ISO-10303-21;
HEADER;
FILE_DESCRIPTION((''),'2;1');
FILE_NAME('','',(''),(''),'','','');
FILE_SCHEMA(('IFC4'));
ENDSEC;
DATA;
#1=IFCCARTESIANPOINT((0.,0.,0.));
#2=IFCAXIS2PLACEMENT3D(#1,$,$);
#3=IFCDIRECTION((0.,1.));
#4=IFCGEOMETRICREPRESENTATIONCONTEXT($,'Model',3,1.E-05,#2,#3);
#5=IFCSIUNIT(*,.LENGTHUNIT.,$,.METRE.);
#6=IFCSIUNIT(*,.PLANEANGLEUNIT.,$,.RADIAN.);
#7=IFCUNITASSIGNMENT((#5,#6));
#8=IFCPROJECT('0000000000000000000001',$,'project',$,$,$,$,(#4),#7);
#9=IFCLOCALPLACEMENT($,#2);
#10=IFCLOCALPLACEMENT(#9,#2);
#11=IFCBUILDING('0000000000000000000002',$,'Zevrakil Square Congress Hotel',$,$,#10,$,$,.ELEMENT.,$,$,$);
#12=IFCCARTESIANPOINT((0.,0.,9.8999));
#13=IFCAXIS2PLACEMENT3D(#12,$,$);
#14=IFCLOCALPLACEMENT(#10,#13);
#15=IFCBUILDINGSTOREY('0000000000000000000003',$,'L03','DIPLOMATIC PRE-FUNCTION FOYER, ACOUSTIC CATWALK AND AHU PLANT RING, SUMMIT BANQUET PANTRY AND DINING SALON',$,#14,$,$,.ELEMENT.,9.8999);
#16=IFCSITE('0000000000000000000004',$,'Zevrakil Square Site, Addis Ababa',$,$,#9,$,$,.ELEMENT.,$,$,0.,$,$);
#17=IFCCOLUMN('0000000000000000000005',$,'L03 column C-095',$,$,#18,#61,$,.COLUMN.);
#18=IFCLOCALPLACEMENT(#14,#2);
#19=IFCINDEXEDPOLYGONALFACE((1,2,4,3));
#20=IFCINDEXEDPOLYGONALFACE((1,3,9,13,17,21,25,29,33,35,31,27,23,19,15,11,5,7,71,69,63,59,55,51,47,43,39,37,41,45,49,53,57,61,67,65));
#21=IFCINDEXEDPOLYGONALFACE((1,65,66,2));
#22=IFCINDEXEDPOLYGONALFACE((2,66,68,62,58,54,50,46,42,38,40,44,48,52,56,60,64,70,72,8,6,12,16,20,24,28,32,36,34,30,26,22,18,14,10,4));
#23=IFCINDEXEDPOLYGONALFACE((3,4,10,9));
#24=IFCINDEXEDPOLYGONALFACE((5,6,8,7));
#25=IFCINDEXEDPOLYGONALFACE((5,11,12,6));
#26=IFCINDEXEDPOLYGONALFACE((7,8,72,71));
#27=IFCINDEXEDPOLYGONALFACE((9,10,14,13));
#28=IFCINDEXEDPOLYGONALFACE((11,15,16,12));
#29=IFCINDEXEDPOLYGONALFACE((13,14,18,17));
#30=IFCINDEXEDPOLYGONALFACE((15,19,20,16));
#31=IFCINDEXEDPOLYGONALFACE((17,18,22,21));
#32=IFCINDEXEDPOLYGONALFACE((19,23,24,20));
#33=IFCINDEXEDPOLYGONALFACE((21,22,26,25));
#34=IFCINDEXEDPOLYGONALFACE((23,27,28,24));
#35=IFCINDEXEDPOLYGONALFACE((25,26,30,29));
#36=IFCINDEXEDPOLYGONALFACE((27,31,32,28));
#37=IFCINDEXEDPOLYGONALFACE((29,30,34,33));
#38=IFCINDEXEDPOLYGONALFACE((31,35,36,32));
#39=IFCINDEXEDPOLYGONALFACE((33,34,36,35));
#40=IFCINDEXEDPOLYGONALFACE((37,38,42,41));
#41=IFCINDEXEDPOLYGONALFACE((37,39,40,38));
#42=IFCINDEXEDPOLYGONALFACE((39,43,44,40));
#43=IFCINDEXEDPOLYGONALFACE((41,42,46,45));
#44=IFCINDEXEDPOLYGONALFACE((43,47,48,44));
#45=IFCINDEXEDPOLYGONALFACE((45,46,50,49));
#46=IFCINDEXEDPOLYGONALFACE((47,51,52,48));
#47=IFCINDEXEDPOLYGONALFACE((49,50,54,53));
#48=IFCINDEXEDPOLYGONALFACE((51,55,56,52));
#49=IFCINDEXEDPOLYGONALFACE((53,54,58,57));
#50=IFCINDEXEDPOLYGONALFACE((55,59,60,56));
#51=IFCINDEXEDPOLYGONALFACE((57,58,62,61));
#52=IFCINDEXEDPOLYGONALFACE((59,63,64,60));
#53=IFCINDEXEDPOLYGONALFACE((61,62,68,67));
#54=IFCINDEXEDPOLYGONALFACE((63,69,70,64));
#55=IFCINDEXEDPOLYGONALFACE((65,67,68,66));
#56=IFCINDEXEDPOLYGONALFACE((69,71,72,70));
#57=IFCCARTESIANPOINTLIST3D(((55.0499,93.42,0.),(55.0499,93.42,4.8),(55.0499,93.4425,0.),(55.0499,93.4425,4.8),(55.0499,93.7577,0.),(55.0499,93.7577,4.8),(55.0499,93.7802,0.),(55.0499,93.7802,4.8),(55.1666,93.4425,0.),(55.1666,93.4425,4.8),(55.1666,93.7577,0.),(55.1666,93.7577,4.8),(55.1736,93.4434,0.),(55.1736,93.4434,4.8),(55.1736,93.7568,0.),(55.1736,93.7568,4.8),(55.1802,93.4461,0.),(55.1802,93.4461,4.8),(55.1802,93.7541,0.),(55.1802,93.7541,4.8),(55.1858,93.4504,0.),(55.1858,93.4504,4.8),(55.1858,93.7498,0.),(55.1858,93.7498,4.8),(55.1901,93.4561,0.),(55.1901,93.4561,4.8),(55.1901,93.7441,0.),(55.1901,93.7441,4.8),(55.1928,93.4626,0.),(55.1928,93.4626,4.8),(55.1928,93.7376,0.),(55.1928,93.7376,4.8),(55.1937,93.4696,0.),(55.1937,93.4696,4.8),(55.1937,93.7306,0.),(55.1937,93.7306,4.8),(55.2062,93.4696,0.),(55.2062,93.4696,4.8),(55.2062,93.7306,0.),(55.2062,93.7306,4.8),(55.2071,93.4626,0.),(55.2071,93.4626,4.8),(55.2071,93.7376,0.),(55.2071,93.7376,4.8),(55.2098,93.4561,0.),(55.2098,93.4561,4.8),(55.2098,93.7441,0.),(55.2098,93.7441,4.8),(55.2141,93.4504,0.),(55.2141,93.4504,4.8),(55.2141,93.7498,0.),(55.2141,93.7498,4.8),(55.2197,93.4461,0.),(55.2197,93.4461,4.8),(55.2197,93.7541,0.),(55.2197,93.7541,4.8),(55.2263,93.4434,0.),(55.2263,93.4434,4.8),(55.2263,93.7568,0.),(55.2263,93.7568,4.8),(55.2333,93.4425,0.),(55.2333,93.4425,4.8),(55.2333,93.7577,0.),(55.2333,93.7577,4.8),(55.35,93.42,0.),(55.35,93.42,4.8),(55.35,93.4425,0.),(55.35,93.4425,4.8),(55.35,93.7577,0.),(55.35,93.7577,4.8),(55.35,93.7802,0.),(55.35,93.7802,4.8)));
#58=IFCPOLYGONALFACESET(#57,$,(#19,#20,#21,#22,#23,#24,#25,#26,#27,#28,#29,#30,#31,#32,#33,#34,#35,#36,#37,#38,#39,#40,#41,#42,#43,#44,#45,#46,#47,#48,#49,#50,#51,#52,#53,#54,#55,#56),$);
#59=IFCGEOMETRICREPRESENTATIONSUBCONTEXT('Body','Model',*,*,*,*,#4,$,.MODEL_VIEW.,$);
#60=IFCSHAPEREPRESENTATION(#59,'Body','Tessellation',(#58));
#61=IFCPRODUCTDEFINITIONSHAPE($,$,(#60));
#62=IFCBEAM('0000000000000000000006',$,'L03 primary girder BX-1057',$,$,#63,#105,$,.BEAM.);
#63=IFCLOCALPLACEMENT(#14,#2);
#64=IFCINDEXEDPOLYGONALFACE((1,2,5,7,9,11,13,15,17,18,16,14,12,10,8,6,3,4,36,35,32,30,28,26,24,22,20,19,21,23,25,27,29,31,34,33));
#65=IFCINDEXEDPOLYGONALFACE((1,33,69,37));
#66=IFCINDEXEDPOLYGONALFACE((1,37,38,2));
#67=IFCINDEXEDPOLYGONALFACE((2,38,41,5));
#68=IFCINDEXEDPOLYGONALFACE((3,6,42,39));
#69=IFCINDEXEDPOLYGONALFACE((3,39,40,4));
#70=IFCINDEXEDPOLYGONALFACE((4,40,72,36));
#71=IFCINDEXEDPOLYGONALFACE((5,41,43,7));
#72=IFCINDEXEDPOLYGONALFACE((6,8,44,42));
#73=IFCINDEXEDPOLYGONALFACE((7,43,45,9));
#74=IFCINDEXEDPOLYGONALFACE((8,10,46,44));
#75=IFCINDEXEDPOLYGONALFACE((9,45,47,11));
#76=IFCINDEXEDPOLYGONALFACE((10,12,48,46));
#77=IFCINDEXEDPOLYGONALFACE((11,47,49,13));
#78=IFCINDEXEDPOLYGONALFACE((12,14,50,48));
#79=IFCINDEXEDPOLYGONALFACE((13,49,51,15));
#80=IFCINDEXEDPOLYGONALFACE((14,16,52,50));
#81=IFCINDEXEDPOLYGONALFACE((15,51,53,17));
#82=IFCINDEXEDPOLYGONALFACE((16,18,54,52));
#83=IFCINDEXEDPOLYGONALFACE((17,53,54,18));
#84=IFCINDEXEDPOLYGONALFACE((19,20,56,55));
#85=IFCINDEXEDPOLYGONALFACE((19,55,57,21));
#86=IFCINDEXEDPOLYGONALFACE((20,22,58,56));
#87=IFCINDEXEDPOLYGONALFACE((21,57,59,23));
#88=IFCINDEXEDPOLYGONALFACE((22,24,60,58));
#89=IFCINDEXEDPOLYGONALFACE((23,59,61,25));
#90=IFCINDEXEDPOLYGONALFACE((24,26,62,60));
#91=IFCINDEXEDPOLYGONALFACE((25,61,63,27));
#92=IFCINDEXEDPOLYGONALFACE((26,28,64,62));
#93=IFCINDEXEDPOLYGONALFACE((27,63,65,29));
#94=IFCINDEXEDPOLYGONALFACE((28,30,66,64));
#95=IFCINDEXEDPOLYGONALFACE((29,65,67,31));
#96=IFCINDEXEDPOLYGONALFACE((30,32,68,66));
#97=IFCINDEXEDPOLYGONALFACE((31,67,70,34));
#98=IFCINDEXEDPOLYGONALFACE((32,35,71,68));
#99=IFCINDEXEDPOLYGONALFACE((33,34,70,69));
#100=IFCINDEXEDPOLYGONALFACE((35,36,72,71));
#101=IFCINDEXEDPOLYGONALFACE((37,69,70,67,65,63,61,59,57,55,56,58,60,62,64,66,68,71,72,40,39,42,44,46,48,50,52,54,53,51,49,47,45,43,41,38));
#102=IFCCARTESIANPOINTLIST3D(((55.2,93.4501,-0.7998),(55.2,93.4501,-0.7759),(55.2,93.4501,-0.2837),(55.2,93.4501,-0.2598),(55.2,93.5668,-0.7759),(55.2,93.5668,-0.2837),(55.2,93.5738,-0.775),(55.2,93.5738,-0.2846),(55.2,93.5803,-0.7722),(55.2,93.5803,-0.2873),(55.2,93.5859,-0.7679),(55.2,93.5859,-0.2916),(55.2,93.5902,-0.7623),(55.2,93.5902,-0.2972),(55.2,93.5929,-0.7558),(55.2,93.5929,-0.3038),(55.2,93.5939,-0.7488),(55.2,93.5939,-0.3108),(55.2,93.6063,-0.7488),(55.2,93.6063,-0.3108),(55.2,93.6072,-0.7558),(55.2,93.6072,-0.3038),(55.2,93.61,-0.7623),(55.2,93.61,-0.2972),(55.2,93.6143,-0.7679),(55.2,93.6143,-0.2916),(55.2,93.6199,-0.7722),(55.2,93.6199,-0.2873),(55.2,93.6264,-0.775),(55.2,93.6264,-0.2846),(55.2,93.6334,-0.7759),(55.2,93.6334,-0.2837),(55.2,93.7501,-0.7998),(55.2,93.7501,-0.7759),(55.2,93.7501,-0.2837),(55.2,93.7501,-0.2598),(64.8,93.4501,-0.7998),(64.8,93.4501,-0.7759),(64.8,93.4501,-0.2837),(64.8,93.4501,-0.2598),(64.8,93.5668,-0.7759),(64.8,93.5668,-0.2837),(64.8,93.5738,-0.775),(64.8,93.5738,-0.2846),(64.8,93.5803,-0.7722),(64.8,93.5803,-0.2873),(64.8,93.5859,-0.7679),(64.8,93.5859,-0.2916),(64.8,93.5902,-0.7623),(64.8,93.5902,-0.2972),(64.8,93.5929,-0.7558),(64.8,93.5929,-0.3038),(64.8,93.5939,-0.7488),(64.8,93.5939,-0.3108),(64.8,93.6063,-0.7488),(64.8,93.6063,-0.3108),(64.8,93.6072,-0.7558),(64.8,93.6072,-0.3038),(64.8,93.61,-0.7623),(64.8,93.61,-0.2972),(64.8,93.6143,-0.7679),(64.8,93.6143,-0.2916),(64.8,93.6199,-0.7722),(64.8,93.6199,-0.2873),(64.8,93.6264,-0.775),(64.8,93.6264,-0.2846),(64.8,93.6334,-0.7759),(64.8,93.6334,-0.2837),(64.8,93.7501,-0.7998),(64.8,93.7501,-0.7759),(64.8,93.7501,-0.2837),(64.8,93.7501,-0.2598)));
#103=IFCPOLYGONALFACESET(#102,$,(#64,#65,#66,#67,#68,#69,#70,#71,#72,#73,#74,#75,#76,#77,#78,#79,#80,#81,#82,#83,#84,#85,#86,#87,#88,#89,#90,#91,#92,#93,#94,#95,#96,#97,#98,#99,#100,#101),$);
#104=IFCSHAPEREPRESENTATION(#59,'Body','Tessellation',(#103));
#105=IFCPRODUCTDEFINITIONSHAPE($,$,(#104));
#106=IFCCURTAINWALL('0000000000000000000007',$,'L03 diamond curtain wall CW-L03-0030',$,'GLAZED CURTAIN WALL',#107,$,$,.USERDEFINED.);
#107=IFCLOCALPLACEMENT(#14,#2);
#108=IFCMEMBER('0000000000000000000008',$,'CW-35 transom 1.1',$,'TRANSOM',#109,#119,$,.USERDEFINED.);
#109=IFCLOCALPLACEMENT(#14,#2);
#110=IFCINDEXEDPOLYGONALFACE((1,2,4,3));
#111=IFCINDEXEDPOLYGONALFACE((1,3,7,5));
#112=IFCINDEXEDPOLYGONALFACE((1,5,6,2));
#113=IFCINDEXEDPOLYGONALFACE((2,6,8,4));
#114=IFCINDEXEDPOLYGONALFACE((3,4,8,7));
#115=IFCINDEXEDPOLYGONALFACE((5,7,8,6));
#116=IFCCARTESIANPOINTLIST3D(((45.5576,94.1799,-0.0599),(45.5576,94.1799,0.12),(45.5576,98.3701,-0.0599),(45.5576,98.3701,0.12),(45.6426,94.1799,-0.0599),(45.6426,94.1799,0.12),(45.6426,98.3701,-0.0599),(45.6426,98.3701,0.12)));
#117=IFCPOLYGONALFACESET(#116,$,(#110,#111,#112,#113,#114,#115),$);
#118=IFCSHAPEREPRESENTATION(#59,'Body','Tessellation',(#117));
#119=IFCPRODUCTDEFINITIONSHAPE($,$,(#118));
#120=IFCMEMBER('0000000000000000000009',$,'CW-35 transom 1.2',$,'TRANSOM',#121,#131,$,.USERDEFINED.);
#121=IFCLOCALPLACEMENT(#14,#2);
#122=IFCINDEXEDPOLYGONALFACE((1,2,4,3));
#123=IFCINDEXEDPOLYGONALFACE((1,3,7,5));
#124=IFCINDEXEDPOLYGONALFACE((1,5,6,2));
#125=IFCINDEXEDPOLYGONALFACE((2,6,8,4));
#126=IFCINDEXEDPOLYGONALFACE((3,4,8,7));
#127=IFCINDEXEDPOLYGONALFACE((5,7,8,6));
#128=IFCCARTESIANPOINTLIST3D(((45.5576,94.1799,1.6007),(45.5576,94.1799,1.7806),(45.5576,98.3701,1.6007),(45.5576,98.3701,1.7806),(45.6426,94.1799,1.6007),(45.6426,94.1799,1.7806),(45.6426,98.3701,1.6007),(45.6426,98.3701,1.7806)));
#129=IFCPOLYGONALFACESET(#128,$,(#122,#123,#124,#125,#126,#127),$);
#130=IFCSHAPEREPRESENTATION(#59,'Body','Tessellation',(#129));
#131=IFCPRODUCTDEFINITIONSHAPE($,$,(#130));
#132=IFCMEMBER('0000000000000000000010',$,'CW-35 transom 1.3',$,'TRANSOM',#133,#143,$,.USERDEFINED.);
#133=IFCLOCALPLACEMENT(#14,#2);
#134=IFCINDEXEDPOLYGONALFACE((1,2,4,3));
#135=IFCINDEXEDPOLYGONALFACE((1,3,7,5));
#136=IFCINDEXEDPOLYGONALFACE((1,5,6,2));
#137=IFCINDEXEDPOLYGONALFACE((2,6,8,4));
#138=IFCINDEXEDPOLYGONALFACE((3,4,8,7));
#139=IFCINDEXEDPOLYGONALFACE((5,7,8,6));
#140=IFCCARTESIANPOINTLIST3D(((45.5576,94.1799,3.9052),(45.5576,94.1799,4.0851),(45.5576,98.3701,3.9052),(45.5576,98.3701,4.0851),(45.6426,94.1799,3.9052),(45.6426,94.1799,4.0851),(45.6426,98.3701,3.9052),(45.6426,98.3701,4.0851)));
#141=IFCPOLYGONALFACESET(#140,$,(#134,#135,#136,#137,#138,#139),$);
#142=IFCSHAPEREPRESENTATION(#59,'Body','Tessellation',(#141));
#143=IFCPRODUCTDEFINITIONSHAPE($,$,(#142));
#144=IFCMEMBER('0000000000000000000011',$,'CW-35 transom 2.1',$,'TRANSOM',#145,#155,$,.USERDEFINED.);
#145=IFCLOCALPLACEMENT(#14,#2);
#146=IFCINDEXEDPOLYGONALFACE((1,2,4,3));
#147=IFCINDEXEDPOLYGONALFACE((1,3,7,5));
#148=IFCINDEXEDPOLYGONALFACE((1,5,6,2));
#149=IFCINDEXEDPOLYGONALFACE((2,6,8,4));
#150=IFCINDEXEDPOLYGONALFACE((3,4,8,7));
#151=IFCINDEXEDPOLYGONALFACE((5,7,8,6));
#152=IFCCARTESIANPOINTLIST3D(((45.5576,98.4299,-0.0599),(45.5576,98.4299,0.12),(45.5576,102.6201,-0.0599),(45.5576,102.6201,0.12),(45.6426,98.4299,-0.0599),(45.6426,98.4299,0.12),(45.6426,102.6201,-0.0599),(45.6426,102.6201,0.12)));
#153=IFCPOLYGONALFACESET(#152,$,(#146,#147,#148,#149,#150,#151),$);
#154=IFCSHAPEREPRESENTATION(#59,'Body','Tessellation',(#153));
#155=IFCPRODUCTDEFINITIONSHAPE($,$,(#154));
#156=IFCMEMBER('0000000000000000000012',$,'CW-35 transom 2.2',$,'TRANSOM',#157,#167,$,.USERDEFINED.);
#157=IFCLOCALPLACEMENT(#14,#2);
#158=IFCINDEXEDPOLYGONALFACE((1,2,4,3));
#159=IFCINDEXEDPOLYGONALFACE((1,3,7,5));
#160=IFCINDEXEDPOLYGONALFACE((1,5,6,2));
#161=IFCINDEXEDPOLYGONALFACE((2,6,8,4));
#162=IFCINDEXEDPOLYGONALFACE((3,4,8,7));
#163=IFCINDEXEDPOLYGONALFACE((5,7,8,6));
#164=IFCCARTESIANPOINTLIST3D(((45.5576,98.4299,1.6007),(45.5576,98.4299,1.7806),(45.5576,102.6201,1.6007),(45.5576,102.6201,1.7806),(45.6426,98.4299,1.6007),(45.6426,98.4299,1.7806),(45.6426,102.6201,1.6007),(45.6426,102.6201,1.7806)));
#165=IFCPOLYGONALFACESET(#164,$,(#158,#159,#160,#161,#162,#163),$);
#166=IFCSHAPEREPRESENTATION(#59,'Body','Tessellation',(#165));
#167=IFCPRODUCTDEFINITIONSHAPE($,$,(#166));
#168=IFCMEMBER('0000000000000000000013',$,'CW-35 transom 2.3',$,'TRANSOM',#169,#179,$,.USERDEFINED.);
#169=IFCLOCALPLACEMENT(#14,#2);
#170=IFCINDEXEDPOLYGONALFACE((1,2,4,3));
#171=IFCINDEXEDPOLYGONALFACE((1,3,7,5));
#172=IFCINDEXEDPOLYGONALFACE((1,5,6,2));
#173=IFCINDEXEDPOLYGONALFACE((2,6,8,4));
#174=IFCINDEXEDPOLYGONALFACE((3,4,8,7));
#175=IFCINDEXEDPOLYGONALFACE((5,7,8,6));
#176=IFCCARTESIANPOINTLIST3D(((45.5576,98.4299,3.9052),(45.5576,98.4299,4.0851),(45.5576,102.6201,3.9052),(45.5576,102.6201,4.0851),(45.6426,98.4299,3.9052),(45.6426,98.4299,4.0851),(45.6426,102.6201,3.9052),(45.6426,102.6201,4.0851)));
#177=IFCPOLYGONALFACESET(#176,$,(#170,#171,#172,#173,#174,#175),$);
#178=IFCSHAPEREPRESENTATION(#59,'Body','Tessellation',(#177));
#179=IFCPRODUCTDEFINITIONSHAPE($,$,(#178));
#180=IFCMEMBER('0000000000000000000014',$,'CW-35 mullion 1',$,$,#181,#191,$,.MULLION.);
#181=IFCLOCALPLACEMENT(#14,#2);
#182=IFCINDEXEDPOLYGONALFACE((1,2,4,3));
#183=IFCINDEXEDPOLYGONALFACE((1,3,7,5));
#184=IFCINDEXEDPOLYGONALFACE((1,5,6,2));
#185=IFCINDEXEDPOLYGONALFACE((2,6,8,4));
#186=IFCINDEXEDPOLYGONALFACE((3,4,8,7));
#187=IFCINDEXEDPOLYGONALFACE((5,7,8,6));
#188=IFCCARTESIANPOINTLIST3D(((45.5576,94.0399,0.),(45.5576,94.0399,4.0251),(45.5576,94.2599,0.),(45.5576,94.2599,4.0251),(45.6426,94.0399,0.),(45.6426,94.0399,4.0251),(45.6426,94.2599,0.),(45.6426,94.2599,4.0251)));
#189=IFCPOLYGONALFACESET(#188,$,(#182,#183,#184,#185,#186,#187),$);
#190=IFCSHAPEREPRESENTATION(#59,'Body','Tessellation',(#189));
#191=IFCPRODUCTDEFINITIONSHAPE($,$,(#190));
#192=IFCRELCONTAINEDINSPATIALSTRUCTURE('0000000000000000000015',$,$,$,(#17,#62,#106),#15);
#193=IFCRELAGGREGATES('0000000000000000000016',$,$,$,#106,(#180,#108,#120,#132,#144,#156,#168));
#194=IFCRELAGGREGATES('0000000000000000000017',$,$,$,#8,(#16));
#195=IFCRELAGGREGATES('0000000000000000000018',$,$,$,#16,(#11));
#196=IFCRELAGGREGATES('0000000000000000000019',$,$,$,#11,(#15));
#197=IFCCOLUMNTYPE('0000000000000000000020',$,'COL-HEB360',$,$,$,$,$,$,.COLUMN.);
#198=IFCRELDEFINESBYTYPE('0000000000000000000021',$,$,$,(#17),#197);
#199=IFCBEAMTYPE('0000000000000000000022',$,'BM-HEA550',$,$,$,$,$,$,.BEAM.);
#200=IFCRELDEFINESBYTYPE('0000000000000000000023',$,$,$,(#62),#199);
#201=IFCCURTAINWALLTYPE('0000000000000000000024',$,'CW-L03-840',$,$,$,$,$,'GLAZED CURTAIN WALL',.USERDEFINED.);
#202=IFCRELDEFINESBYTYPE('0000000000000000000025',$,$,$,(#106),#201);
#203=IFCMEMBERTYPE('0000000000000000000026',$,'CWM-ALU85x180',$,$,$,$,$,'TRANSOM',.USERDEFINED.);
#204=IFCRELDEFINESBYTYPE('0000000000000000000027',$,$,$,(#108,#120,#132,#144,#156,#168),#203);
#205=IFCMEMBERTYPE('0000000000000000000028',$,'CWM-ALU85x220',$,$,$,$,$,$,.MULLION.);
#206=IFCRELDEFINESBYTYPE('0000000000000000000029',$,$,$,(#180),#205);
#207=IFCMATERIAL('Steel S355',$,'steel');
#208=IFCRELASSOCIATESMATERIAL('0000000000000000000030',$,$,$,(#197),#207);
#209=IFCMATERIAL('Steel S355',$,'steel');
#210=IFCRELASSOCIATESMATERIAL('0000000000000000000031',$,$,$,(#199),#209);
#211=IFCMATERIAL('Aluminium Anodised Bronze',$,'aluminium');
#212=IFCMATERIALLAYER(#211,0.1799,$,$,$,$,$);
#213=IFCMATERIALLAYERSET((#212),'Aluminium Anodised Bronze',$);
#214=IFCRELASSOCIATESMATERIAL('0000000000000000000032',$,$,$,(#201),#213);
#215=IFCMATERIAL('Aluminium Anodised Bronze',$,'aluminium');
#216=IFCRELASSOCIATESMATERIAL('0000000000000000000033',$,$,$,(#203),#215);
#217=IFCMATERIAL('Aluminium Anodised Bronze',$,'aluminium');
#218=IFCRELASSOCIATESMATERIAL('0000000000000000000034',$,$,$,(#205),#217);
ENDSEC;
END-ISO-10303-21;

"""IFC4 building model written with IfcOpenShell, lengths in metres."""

from ifc_helpers import new_model, si_unit, direction, frame, origin, origin_2d, place, context, subcontext, project, spatial, rectangle, i_section, extrude, material, layer, layer_set, material_profile, profile_set, type_object, element, aggregate, save


model = new_model("IFC4")

# Units and contexts
model_context = context("Model", 3, precision=1e-05, world=origin(), true_north=direction((0.0, 1.0)))
body_context = subcontext(model_context, "Body", "Model", "MODEL_VIEW")
ifc_project = project(units=[si_unit("LENGTHUNIT", "METRE"), si_unit("PLANEANGLEUNIT", "RADIAN")], contexts=[model_context])

# Site, building, storey
site_placement = place(None, origin())
site = spatial("IfcSite", under=ifc_project, at=site_placement, Name="Zevrakil Square Site, Addis Ababa", CompositionType="ELEMENT", RefElevation=0.0)
building_placement = place(site_placement, origin())
building = spatial("IfcBuilding", under=site, at=building_placement, Name="Zevrakil Square Congress Hotel", CompositionType="ELEMENT")
storey_placement = place(building_placement, frame((0.0, 0.0, 9.8999)))
storey = spatial("IfcBuildingStorey", under=building, at=storey_placement, Name="L03", Description="DIPLOMATIC PRE-FUNCTION FOYER, ACOUSTIC CATWALK AND AHU PLANT RING, SUMMIT BANQUET PANTRY AND DINING SALON", CompositionType="ELEMENT", Elevation=9.8999)

# Column
ifc_material_1 = material(Name="Steel S355", Category="steel")
ifc_material_profile_1 = material_profile(ifc_material_1, i_section(OverallWidth=0.3, OverallDepth=0.3601, WebThickness=0.0125, FlangeThickness=0.0225, FilletRadius=0.0271, at=origin_2d()), Name="HEB 360")
ifc_profile_set_1 = profile_set([ifc_material_profile_1], Name="Steel S355")
column_type = type_object("IfcColumnType", Name="COL-HEB360", PredefinedType="COLUMN", material=ifc_profile_set_1)
column_placement = place(storey_placement, frame((55.2, 93.6001, 0.0), z_axis=(0.0, 0.0, 1.0), x_axis=(1.0, 0.0, 0.0)))
element("IfcColumn", 1, at=column_placement, inside=storey, type_object=column_type, Name="L03 column C-095", PredefinedType="COLUMN", context=body_context, shape_type="SweptSolid", body=[
    extrude(i_section(OverallWidth=0.3, OverallDepth=0.3601, WebThickness=0.0125, FlangeThickness=0.0225, FilletRadius=0.0271, at=origin_2d()), origin(), (0.0, 0.0, 1.0), 4.8),
])

# Beam
ifc_material_2 = material(Name="Steel S355", Category="steel")
ifc_material_profile_2 = material_profile(ifc_material_2, i_section(OverallWidth=0.3, OverallDepth=0.54, WebThickness=0.0125, FlangeThickness=0.0239, FilletRadius=0.0271, at=origin_2d()), Name="HEA 550")
ifc_profile_set_2 = profile_set([ifc_material_profile_2], Name="Steel S355")
beam_type = type_object("IfcBeamType", Name="BM-HEA550", PredefinedType="BEAM", material=ifc_profile_set_2)
beam_placement = place(storey_placement, frame((55.2, 93.6001, -0.5298), z_axis=(1.0, 0.0, 0.0), x_axis=(0.0, 1.0, 0.0)))
element("IfcBeam", 2, at=beam_placement, inside=storey, type_object=beam_type, Name="L03 primary girder BX-1057", PredefinedType="BEAM", context=body_context, shape_type="SweptSolid", body=[
    extrude(i_section(OverallWidth=0.3, OverallDepth=0.54, WebThickness=0.0125, FlangeThickness=0.0239, FilletRadius=0.0271, at=origin_2d()), origin(), (0.0, 0.0, 1.0), 9.6001),
])

# Curtain wall, members
ifc_material_3 = material(Name="Aluminium Anodised Bronze", Category="aluminium")
ifc_layer_1 = layer(ifc_material_3, 0.1799)
ifc_layer_set_1 = layer_set([ifc_layer_1], Name="Aluminium Anodised Bronze")
curtain_wall_type = type_object("IfcCurtainWallType", Name="CW-L03-840", ElementType="GLAZED CURTAIN WALL", PredefinedType="USERDEFINED", material=ifc_layer_set_1)
curtain_wall_placement = place(storey_placement, origin())
curtain_wall = element("IfcCurtainWall", 3, at=curtain_wall_placement, inside=storey, type_object=curtain_wall_type, Name="L03 diamond curtain wall CW-L03-0030", ObjectType="GLAZED CURTAIN WALL", PredefinedType="USERDEFINED")
ifc_material_4 = material(Name="Aluminium Anodised Bronze", Category="aluminium")
ifc_material_profile_3 = material_profile(ifc_material_4, rectangle(XDim=0.085, YDim=0.1799, at=origin_2d()), Name="ALU 85x180")
ifc_profile_set_3 = profile_set([ifc_material_profile_3], Name="Aluminium Anodised Bronze")
member_type_1 = type_object("IfcMemberType", Name="CWM-ALU85x180", ElementType="TRANSOM", PredefinedType="USERDEFINED", material=ifc_profile_set_3)
member_1_placement = place(storey_placement, frame((45.6001, 94.1799, 0.03), z_axis=(0.0, 1.0, 0.0), x_axis=(-1.0, 0.0, 0.0)))
member_1 = element("IfcMember", 4, at=member_1_placement, type_object=member_type_1, Name="CW-35 transom 1.1", ObjectType="TRANSOM", PredefinedType="USERDEFINED", context=body_context, shape_type="SweptSolid", body=[
    extrude(rectangle(XDim=0.085, YDim=0.1799, at=origin_2d()), origin(), (0.0, 0.0, 1.0), 4.1902),
])
member_2_placement = place(storey_placement, frame((45.6001, 94.1799, 1.6907), z_axis=(0.0, 1.0, 0.0), x_axis=(-1.0, 0.0, 0.0)))
member_2 = element("IfcMember", 5, at=member_2_placement, type_object=member_type_1, Name="CW-35 transom 1.2", ObjectType="TRANSOM", PredefinedType="USERDEFINED", context=body_context, shape_type="SweptSolid", body=[
    extrude(rectangle(XDim=0.085, YDim=0.1799, at=origin_2d()), origin(), (0.0, 0.0, 1.0), 4.1902),
])
member_3_placement = place(storey_placement, frame((45.6001, 94.1799, 3.9951), z_axis=(0.0, 1.0, 0.0), x_axis=(-1.0, 0.0, 0.0)))
member_3 = element("IfcMember", 6, at=member_3_placement, type_object=member_type_1, Name="CW-35 transom 1.3", ObjectType="TRANSOM", PredefinedType="USERDEFINED", context=body_context, shape_type="SweptSolid", body=[
    extrude(rectangle(XDim=0.085, YDim=0.1799, at=origin_2d()), origin(), (0.0, 0.0, 1.0), 4.1902),
])
member_4_placement = place(storey_placement, frame((45.6001, 98.4299, 0.03), z_axis=(0.0, 1.0, 0.0), x_axis=(-1.0, 0.0, 0.0)))
member_4 = element("IfcMember", 7, at=member_4_placement, type_object=member_type_1, Name="CW-35 transom 2.1", ObjectType="TRANSOM", PredefinedType="USERDEFINED", context=body_context, shape_type="SweptSolid", body=[
    extrude(rectangle(XDim=0.085, YDim=0.1799, at=origin_2d()), origin(), (0.0, 0.0, 1.0), 4.1902),
])
member_5_placement = place(storey_placement, frame((45.6001, 98.4299, 1.6907), z_axis=(0.0, 1.0, 0.0), x_axis=(-1.0, 0.0, 0.0)))
member_5 = element("IfcMember", 8, at=member_5_placement, type_object=member_type_1, Name="CW-35 transom 2.2", ObjectType="TRANSOM", PredefinedType="USERDEFINED", context=body_context, shape_type="SweptSolid", body=[
    extrude(rectangle(XDim=0.085, YDim=0.1799, at=origin_2d()), origin(), (0.0, 0.0, 1.0), 4.1902),
])
member_6_placement = place(storey_placement, frame((45.6001, 98.4299, 3.9951), z_axis=(0.0, 1.0, 0.0), x_axis=(-1.0, 0.0, 0.0)))
member_6 = element("IfcMember", 9, at=member_6_placement, type_object=member_type_1, Name="CW-35 transom 2.3", ObjectType="TRANSOM", PredefinedType="USERDEFINED", context=body_context, shape_type="SweptSolid", body=[
    extrude(rectangle(XDim=0.085, YDim=0.1799, at=origin_2d()), origin(), (0.0, 0.0, 1.0), 4.1902),
])
ifc_material_5 = material(Name="Aluminium Anodised Bronze", Category="aluminium")
ifc_material_profile_4 = material_profile(ifc_material_5, rectangle(XDim=0.085, YDim=0.22, at=origin_2d()), Name="ALU 85x220")
ifc_profile_set_4 = profile_set([ifc_material_profile_4], Name="Aluminium Anodised Bronze")
member_type_2 = type_object("IfcMemberType", Name="CWM-ALU85x220", PredefinedType="MULLION", material=ifc_profile_set_4)
member_7_placement = place(storey_placement, frame((45.6001, 94.1499, 0.0), z_axis=(0.0, 0.0, 1.0), x_axis=(-1.0, 0.0, 0.0)))
member_7 = element("IfcMember", 10, at=member_7_placement, type_object=member_type_2, Name="CW-35 mullion 1", PredefinedType="MULLION", context=body_context, shape_type="SweptSolid", body=[
    extrude(rectangle(XDim=0.085, YDim=0.22, at=origin_2d()), origin(), (0.0, 0.0, 1.0), 4.0251),
])
aggregate(curtain_wall, [member_7, member_1, member_2, member_3, member_4, member_5, member_6])

save(model, "model.ifc")
